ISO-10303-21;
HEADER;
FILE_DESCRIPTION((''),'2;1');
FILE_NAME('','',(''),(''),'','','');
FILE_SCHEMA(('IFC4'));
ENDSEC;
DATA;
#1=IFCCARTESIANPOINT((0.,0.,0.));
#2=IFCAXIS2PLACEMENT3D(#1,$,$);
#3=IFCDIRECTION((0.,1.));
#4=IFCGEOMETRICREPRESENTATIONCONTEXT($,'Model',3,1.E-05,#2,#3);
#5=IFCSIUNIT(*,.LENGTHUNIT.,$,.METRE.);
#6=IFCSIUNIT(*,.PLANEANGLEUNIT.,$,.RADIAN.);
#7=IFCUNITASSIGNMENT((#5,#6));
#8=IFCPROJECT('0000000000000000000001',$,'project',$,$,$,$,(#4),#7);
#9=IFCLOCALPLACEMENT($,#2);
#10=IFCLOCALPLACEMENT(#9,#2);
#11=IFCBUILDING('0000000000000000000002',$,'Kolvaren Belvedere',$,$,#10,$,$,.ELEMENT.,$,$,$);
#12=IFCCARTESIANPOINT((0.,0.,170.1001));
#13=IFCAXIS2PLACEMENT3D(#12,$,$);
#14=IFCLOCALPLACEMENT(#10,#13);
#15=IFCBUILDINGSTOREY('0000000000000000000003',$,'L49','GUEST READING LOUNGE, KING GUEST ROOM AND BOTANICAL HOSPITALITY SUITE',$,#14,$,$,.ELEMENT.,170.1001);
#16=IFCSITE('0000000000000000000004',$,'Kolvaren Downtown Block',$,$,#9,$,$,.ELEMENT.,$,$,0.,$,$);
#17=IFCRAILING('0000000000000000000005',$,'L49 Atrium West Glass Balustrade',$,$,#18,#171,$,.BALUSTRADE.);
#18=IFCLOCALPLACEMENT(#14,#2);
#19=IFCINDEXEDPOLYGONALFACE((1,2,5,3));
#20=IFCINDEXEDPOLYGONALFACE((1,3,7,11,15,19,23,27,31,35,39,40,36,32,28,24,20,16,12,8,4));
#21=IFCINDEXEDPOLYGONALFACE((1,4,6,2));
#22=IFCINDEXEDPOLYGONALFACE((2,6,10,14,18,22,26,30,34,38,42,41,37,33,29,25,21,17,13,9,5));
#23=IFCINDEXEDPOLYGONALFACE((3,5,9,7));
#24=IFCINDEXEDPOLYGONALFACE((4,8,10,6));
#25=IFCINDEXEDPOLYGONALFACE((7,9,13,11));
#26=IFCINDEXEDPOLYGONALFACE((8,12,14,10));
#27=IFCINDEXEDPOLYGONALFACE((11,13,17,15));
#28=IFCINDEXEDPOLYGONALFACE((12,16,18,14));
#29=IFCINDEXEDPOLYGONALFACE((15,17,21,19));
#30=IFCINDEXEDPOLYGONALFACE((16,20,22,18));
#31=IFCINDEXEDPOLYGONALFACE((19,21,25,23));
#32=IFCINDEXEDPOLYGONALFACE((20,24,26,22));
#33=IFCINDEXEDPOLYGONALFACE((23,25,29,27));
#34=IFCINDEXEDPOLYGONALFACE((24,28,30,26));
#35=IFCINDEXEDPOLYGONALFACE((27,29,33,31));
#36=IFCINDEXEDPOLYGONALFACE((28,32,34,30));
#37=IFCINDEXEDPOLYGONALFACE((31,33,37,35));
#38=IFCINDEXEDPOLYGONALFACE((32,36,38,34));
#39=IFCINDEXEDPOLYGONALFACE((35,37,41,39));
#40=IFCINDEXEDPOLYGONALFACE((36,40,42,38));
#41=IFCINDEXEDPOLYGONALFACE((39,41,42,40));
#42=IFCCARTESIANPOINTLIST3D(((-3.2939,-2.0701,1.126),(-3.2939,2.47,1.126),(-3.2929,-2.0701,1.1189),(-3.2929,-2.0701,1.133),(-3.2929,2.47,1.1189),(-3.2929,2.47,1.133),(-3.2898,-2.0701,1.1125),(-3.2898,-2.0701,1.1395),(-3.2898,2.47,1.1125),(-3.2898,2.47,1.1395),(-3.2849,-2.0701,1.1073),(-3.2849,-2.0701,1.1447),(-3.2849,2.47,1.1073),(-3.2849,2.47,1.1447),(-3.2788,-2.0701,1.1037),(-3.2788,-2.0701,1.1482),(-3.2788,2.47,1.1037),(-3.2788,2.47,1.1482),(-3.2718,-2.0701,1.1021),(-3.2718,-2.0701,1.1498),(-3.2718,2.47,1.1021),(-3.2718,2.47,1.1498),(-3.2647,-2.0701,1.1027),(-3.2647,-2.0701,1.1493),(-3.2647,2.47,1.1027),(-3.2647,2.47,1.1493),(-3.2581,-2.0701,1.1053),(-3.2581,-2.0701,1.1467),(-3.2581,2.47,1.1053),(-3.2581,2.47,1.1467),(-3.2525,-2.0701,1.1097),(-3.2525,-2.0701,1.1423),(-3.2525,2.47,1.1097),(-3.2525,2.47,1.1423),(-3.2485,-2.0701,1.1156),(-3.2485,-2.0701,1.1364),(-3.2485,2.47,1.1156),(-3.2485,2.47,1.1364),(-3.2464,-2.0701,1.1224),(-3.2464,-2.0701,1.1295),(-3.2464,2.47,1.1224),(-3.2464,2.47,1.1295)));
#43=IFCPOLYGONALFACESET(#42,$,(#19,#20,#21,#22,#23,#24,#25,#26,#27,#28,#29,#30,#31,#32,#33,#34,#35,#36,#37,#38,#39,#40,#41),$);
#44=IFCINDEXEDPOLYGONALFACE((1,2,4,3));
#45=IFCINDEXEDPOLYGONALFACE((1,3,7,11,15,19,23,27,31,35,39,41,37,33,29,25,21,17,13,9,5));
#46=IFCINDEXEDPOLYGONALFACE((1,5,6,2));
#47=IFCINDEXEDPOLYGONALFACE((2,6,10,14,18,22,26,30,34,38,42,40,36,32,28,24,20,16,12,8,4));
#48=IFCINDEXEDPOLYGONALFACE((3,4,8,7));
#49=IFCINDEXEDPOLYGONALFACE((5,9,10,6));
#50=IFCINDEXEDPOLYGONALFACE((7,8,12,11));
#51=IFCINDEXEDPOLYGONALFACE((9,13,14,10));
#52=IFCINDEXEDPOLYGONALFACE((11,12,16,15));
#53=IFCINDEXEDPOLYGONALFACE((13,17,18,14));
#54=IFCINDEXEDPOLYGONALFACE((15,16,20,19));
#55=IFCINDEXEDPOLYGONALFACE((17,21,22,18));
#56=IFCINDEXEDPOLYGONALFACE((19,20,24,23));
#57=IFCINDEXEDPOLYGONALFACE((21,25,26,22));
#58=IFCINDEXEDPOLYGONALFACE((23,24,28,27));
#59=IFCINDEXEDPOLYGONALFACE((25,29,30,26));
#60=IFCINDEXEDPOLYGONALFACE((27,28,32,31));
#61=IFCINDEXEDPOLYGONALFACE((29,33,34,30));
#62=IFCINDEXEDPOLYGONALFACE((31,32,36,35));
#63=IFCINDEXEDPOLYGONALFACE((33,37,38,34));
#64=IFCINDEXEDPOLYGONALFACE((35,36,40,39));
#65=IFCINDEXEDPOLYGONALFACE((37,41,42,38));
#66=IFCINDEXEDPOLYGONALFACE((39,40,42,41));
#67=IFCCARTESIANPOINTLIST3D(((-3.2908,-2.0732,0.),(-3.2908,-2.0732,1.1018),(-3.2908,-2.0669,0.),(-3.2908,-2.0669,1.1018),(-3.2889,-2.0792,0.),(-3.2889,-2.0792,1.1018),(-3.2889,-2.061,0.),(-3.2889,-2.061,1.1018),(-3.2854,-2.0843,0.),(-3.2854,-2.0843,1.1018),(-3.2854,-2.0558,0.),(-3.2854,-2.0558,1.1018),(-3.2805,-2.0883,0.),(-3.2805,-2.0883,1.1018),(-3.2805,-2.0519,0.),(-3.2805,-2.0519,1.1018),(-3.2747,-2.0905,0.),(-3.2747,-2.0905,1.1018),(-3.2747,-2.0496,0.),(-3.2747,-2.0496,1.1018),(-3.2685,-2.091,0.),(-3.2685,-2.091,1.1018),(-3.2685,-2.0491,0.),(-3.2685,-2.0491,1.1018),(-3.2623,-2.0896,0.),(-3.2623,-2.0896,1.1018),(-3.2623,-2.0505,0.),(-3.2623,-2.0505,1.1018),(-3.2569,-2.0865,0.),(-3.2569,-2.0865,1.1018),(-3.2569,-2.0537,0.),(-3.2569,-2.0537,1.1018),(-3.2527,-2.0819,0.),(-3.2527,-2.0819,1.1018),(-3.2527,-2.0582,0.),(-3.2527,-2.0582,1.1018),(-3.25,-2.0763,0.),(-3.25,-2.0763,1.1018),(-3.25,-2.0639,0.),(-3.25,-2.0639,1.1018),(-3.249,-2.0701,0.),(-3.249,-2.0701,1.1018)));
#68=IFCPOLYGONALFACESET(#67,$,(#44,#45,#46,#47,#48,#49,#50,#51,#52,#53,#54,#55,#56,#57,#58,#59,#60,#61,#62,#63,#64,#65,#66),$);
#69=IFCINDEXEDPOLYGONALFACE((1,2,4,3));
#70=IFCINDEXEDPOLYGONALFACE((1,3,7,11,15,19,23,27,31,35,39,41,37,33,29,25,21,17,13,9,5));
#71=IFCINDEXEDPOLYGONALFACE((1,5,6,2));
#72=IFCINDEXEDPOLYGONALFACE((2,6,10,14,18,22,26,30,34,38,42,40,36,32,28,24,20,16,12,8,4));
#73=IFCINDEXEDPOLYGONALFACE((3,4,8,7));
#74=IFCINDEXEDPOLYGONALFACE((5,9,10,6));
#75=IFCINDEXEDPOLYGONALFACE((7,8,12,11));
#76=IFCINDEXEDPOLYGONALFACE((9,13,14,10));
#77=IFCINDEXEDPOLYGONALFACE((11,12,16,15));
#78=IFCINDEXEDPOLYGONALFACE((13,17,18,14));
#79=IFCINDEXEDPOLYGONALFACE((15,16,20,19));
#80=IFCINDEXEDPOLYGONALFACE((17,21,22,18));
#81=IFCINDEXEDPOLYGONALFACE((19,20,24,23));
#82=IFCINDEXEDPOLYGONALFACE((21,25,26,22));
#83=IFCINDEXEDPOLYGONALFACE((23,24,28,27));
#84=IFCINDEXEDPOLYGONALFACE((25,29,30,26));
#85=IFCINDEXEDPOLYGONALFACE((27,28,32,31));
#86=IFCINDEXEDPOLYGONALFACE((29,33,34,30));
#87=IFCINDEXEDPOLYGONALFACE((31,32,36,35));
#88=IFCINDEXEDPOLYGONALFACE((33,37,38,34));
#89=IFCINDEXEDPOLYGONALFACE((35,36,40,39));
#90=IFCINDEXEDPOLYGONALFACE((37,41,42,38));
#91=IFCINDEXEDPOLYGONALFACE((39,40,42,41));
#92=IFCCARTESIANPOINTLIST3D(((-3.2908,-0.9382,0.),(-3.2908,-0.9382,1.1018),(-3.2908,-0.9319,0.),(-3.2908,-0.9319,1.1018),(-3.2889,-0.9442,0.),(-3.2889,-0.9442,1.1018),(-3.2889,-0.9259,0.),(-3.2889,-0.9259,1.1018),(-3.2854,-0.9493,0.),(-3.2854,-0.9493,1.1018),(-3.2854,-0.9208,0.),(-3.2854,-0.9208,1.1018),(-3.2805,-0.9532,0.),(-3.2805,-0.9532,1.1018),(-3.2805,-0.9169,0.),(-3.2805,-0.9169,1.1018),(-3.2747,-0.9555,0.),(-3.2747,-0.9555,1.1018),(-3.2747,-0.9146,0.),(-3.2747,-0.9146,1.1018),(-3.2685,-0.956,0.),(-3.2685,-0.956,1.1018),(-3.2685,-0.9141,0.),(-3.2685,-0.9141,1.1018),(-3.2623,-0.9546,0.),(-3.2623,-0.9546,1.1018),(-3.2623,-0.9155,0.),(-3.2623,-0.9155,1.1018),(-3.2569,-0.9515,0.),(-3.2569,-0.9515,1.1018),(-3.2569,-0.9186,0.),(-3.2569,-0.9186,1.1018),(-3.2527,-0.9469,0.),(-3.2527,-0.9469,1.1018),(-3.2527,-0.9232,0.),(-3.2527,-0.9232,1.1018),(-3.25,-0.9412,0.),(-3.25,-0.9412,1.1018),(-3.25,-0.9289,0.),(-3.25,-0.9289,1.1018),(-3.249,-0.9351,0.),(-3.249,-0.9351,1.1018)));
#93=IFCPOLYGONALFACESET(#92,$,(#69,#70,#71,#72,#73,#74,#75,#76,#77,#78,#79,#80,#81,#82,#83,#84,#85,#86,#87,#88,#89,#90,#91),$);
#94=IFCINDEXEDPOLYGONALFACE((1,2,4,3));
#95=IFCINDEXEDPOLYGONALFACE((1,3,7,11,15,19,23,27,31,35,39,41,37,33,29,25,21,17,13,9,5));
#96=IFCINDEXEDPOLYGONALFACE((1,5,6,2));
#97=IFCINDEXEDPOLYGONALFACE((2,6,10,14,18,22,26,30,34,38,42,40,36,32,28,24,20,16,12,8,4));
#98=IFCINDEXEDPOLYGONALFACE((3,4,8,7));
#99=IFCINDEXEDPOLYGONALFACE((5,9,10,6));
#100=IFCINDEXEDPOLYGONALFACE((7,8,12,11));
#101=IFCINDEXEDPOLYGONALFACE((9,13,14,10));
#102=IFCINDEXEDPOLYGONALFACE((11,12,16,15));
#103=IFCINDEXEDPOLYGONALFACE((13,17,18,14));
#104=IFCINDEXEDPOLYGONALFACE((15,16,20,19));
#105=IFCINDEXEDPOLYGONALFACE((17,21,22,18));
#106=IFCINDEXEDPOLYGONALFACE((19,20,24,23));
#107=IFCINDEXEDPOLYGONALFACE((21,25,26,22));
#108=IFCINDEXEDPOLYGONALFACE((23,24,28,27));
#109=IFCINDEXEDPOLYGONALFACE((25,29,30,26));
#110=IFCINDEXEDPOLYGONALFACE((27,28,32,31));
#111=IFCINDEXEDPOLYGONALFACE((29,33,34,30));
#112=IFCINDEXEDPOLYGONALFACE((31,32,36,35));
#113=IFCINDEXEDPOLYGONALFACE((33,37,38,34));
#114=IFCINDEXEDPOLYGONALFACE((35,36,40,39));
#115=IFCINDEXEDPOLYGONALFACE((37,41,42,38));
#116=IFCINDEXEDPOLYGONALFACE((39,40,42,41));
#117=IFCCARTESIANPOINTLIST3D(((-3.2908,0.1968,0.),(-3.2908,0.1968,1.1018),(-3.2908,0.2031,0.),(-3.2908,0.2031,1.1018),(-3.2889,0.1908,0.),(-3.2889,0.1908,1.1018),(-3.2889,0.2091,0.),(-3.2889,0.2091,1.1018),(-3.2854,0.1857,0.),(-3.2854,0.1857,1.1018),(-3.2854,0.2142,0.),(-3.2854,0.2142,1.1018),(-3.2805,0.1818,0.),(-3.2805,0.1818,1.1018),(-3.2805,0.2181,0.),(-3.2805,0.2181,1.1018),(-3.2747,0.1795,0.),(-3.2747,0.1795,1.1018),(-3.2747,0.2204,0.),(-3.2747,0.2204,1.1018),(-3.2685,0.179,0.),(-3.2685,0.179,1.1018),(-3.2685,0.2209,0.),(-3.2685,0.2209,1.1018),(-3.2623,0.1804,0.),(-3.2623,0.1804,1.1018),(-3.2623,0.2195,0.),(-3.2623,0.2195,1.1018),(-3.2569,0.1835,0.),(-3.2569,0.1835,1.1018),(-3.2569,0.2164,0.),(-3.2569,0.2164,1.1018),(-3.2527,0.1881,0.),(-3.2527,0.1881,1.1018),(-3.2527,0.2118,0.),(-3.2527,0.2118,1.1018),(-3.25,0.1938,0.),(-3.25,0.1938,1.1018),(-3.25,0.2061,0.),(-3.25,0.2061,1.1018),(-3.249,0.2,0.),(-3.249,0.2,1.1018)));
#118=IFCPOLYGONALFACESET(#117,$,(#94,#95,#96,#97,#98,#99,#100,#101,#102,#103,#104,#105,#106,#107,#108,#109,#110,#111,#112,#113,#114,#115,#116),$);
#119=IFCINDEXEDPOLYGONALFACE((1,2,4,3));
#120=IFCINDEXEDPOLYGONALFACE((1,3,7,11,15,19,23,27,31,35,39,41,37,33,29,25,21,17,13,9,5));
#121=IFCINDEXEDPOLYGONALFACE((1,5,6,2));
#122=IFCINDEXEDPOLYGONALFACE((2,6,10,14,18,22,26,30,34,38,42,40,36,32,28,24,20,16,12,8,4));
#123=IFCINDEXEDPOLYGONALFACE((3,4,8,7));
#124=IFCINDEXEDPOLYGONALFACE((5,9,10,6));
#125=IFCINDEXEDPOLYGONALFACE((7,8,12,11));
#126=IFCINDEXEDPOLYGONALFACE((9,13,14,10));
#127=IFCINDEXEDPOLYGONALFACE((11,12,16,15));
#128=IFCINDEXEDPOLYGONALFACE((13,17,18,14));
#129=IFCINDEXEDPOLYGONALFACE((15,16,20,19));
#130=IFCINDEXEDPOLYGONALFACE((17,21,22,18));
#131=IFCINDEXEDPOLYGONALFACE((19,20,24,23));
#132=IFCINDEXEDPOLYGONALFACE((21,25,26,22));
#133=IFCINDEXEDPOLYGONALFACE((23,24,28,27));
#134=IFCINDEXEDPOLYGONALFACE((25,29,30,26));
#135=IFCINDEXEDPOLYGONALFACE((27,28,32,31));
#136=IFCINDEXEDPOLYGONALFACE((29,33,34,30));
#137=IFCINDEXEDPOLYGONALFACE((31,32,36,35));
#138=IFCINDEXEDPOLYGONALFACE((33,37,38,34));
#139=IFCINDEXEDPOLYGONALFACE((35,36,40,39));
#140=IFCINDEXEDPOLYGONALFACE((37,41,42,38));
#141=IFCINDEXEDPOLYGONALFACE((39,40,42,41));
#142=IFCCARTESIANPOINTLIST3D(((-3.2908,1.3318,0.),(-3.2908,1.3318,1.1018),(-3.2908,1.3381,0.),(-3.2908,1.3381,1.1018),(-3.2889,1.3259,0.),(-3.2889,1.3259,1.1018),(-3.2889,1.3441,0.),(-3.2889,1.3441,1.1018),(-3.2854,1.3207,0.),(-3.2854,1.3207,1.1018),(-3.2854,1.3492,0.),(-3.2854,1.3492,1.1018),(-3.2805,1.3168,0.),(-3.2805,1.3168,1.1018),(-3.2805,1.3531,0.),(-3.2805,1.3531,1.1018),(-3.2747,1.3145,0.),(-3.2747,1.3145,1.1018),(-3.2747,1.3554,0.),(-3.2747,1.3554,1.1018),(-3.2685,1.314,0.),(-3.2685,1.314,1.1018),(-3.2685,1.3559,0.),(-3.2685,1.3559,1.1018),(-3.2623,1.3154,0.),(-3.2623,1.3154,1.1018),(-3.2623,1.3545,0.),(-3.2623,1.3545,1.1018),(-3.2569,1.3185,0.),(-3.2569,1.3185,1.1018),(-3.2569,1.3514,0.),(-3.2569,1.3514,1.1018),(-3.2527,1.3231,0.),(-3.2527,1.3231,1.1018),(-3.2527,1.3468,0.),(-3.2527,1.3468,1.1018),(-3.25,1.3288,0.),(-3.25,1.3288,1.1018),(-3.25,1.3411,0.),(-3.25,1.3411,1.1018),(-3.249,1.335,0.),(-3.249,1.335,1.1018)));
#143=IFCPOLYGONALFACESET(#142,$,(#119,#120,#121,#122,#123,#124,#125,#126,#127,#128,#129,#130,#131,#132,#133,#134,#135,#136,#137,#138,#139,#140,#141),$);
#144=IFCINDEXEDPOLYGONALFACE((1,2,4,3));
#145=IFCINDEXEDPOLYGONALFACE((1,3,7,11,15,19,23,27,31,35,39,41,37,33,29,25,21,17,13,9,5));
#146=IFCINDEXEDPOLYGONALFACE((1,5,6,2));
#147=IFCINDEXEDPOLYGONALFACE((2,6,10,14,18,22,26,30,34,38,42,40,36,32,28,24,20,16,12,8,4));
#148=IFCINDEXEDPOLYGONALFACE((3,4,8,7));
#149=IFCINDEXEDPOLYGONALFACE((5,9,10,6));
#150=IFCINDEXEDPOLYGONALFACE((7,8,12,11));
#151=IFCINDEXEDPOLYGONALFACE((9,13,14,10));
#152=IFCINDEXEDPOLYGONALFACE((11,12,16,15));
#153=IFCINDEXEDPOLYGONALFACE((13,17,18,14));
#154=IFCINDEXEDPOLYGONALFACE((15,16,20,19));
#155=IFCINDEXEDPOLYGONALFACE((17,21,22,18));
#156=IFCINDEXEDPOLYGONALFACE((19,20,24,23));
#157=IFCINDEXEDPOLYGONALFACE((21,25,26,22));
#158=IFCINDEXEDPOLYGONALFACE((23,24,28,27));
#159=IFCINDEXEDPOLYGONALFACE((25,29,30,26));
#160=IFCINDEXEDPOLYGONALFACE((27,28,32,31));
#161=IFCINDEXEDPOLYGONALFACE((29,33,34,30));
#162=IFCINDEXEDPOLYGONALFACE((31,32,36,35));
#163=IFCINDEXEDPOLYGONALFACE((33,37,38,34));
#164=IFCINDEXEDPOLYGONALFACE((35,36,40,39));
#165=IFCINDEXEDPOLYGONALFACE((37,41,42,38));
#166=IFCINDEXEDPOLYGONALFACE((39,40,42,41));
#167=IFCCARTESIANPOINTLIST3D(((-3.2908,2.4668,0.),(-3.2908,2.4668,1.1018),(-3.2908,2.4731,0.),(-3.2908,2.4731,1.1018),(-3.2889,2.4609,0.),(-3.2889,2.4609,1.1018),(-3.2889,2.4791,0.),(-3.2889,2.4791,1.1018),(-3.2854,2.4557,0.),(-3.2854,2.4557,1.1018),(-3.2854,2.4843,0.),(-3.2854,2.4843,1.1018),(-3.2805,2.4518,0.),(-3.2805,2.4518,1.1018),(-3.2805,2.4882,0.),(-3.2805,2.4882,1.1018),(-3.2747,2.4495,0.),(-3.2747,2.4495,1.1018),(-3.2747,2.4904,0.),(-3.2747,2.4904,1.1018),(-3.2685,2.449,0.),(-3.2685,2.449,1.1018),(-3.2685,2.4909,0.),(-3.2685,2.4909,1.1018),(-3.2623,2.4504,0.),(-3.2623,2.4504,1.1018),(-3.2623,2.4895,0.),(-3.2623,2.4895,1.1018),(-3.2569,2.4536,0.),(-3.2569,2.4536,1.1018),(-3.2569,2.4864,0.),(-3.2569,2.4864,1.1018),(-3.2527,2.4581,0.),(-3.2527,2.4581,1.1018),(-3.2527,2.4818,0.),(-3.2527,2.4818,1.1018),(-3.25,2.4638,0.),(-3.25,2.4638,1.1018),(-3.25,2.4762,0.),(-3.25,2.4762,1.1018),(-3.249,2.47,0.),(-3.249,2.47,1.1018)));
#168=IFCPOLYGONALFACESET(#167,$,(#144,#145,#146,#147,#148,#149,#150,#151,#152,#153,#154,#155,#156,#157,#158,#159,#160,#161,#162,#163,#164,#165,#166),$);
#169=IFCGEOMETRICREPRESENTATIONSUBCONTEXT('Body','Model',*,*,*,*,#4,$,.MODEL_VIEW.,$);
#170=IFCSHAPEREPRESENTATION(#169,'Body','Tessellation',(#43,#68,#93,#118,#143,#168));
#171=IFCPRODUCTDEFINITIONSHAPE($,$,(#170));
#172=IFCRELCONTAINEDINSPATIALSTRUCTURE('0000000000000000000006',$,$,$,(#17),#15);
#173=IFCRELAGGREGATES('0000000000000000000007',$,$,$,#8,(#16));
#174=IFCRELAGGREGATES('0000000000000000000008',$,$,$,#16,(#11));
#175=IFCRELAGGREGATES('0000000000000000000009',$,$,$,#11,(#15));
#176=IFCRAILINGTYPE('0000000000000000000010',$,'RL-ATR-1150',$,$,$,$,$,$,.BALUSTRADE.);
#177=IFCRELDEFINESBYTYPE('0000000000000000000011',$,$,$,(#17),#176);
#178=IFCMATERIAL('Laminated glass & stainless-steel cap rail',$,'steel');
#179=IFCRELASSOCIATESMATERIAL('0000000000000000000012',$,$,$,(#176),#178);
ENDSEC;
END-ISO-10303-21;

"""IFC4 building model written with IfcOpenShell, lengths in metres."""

from ifc_helpers import new_model, si_unit, direction, frame, origin, origin_2d, place, context, subcontext, project, spatial, circle, extrude, material, type_object, element, save


model = new_model("IFC4")

# Units and contexts
model_context = context("Model", 3, precision=1e-05, world=origin(), true_north=direction((0.0, 1.0)))
body_context = subcontext(model_context, "Body", "Model", "MODEL_VIEW")
ifc_project = project(units=[si_unit("LENGTHUNIT", "METRE"), si_unit("PLANEANGLEUNIT", "RADIAN")], contexts=[model_context])

# Site, building, storey
site_placement = place(None, origin())
site = spatial("IfcSite", under=ifc_project, at=site_placement, Name="Kolvaren Downtown Block", CompositionType="ELEMENT", RefElevation=0.0)
building_placement = place(site_placement, origin())
building = spatial("IfcBuilding", under=site, at=building_placement, Name="Kolvaren Belvedere", CompositionType="ELEMENT")
storey_placement = place(building_placement, frame((0.0, 0.0, 170.1001)))
storey = spatial("IfcBuildingStorey", under=building, at=storey_placement, Name="L49", Description="GUEST READING LOUNGE, KING GUEST ROOM AND BOTANICAL HOSPITALITY SUITE", CompositionType="ELEMENT", Elevation=170.1001)

# Railing
ifc_material_1 = material(Name="Laminated glass & stainless-steel cap rail", Category="steel")
railing_type_1 = type_object("IfcRailingType", Name="RL-ATR-1150", PredefinedType="BALUSTRADE", material=ifc_material_1)
railing_1_placement = place(storey_placement, frame((-3.27, -2.0701, 0.0)))
element("IfcRailing", 1, at=railing_1_placement, inside=storey, type_object=railing_type_1, Name="L49 Atrium West Glass Balustrade", PredefinedType="BALUSTRADE", context=body_context, shape_type="SweptSolid", body=[
    extrude(circle(Radius=0.0239, at=origin_2d()), frame((0.0, 0.0, 1.126), z_axis=(0.0, 1.0, 0.0), x_axis=(-1.0, 0.0, 0.0)), (0.0, 0.0, 1.0), 4.54),
    extrude(circle(Radius=0.021, at=origin_2d()), origin(), (0.0, 0.0, 1.0), 1.1018),
    extrude(circle(Radius=0.021, at=origin_2d()), frame((0.0, 1.135, 0.0)), (0.0, 0.0, 1.0), 1.1018),
    extrude(circle(Radius=0.021, at=origin_2d()), frame((0.0, 2.27, 0.0)), (0.0, 0.0, 1.0), 1.1018),
    extrude(circle(Radius=0.021, at=origin_2d()), frame((0.0, 3.405, 0.0)), (0.0, 0.0, 1.0), 1.1018),
    extrude(circle(Radius=0.021, at=origin_2d()), frame((0.0, 4.54, 0.0)), (0.0, 0.0, 1.0), 1.1018),
])

save(model, "model.ifc")
